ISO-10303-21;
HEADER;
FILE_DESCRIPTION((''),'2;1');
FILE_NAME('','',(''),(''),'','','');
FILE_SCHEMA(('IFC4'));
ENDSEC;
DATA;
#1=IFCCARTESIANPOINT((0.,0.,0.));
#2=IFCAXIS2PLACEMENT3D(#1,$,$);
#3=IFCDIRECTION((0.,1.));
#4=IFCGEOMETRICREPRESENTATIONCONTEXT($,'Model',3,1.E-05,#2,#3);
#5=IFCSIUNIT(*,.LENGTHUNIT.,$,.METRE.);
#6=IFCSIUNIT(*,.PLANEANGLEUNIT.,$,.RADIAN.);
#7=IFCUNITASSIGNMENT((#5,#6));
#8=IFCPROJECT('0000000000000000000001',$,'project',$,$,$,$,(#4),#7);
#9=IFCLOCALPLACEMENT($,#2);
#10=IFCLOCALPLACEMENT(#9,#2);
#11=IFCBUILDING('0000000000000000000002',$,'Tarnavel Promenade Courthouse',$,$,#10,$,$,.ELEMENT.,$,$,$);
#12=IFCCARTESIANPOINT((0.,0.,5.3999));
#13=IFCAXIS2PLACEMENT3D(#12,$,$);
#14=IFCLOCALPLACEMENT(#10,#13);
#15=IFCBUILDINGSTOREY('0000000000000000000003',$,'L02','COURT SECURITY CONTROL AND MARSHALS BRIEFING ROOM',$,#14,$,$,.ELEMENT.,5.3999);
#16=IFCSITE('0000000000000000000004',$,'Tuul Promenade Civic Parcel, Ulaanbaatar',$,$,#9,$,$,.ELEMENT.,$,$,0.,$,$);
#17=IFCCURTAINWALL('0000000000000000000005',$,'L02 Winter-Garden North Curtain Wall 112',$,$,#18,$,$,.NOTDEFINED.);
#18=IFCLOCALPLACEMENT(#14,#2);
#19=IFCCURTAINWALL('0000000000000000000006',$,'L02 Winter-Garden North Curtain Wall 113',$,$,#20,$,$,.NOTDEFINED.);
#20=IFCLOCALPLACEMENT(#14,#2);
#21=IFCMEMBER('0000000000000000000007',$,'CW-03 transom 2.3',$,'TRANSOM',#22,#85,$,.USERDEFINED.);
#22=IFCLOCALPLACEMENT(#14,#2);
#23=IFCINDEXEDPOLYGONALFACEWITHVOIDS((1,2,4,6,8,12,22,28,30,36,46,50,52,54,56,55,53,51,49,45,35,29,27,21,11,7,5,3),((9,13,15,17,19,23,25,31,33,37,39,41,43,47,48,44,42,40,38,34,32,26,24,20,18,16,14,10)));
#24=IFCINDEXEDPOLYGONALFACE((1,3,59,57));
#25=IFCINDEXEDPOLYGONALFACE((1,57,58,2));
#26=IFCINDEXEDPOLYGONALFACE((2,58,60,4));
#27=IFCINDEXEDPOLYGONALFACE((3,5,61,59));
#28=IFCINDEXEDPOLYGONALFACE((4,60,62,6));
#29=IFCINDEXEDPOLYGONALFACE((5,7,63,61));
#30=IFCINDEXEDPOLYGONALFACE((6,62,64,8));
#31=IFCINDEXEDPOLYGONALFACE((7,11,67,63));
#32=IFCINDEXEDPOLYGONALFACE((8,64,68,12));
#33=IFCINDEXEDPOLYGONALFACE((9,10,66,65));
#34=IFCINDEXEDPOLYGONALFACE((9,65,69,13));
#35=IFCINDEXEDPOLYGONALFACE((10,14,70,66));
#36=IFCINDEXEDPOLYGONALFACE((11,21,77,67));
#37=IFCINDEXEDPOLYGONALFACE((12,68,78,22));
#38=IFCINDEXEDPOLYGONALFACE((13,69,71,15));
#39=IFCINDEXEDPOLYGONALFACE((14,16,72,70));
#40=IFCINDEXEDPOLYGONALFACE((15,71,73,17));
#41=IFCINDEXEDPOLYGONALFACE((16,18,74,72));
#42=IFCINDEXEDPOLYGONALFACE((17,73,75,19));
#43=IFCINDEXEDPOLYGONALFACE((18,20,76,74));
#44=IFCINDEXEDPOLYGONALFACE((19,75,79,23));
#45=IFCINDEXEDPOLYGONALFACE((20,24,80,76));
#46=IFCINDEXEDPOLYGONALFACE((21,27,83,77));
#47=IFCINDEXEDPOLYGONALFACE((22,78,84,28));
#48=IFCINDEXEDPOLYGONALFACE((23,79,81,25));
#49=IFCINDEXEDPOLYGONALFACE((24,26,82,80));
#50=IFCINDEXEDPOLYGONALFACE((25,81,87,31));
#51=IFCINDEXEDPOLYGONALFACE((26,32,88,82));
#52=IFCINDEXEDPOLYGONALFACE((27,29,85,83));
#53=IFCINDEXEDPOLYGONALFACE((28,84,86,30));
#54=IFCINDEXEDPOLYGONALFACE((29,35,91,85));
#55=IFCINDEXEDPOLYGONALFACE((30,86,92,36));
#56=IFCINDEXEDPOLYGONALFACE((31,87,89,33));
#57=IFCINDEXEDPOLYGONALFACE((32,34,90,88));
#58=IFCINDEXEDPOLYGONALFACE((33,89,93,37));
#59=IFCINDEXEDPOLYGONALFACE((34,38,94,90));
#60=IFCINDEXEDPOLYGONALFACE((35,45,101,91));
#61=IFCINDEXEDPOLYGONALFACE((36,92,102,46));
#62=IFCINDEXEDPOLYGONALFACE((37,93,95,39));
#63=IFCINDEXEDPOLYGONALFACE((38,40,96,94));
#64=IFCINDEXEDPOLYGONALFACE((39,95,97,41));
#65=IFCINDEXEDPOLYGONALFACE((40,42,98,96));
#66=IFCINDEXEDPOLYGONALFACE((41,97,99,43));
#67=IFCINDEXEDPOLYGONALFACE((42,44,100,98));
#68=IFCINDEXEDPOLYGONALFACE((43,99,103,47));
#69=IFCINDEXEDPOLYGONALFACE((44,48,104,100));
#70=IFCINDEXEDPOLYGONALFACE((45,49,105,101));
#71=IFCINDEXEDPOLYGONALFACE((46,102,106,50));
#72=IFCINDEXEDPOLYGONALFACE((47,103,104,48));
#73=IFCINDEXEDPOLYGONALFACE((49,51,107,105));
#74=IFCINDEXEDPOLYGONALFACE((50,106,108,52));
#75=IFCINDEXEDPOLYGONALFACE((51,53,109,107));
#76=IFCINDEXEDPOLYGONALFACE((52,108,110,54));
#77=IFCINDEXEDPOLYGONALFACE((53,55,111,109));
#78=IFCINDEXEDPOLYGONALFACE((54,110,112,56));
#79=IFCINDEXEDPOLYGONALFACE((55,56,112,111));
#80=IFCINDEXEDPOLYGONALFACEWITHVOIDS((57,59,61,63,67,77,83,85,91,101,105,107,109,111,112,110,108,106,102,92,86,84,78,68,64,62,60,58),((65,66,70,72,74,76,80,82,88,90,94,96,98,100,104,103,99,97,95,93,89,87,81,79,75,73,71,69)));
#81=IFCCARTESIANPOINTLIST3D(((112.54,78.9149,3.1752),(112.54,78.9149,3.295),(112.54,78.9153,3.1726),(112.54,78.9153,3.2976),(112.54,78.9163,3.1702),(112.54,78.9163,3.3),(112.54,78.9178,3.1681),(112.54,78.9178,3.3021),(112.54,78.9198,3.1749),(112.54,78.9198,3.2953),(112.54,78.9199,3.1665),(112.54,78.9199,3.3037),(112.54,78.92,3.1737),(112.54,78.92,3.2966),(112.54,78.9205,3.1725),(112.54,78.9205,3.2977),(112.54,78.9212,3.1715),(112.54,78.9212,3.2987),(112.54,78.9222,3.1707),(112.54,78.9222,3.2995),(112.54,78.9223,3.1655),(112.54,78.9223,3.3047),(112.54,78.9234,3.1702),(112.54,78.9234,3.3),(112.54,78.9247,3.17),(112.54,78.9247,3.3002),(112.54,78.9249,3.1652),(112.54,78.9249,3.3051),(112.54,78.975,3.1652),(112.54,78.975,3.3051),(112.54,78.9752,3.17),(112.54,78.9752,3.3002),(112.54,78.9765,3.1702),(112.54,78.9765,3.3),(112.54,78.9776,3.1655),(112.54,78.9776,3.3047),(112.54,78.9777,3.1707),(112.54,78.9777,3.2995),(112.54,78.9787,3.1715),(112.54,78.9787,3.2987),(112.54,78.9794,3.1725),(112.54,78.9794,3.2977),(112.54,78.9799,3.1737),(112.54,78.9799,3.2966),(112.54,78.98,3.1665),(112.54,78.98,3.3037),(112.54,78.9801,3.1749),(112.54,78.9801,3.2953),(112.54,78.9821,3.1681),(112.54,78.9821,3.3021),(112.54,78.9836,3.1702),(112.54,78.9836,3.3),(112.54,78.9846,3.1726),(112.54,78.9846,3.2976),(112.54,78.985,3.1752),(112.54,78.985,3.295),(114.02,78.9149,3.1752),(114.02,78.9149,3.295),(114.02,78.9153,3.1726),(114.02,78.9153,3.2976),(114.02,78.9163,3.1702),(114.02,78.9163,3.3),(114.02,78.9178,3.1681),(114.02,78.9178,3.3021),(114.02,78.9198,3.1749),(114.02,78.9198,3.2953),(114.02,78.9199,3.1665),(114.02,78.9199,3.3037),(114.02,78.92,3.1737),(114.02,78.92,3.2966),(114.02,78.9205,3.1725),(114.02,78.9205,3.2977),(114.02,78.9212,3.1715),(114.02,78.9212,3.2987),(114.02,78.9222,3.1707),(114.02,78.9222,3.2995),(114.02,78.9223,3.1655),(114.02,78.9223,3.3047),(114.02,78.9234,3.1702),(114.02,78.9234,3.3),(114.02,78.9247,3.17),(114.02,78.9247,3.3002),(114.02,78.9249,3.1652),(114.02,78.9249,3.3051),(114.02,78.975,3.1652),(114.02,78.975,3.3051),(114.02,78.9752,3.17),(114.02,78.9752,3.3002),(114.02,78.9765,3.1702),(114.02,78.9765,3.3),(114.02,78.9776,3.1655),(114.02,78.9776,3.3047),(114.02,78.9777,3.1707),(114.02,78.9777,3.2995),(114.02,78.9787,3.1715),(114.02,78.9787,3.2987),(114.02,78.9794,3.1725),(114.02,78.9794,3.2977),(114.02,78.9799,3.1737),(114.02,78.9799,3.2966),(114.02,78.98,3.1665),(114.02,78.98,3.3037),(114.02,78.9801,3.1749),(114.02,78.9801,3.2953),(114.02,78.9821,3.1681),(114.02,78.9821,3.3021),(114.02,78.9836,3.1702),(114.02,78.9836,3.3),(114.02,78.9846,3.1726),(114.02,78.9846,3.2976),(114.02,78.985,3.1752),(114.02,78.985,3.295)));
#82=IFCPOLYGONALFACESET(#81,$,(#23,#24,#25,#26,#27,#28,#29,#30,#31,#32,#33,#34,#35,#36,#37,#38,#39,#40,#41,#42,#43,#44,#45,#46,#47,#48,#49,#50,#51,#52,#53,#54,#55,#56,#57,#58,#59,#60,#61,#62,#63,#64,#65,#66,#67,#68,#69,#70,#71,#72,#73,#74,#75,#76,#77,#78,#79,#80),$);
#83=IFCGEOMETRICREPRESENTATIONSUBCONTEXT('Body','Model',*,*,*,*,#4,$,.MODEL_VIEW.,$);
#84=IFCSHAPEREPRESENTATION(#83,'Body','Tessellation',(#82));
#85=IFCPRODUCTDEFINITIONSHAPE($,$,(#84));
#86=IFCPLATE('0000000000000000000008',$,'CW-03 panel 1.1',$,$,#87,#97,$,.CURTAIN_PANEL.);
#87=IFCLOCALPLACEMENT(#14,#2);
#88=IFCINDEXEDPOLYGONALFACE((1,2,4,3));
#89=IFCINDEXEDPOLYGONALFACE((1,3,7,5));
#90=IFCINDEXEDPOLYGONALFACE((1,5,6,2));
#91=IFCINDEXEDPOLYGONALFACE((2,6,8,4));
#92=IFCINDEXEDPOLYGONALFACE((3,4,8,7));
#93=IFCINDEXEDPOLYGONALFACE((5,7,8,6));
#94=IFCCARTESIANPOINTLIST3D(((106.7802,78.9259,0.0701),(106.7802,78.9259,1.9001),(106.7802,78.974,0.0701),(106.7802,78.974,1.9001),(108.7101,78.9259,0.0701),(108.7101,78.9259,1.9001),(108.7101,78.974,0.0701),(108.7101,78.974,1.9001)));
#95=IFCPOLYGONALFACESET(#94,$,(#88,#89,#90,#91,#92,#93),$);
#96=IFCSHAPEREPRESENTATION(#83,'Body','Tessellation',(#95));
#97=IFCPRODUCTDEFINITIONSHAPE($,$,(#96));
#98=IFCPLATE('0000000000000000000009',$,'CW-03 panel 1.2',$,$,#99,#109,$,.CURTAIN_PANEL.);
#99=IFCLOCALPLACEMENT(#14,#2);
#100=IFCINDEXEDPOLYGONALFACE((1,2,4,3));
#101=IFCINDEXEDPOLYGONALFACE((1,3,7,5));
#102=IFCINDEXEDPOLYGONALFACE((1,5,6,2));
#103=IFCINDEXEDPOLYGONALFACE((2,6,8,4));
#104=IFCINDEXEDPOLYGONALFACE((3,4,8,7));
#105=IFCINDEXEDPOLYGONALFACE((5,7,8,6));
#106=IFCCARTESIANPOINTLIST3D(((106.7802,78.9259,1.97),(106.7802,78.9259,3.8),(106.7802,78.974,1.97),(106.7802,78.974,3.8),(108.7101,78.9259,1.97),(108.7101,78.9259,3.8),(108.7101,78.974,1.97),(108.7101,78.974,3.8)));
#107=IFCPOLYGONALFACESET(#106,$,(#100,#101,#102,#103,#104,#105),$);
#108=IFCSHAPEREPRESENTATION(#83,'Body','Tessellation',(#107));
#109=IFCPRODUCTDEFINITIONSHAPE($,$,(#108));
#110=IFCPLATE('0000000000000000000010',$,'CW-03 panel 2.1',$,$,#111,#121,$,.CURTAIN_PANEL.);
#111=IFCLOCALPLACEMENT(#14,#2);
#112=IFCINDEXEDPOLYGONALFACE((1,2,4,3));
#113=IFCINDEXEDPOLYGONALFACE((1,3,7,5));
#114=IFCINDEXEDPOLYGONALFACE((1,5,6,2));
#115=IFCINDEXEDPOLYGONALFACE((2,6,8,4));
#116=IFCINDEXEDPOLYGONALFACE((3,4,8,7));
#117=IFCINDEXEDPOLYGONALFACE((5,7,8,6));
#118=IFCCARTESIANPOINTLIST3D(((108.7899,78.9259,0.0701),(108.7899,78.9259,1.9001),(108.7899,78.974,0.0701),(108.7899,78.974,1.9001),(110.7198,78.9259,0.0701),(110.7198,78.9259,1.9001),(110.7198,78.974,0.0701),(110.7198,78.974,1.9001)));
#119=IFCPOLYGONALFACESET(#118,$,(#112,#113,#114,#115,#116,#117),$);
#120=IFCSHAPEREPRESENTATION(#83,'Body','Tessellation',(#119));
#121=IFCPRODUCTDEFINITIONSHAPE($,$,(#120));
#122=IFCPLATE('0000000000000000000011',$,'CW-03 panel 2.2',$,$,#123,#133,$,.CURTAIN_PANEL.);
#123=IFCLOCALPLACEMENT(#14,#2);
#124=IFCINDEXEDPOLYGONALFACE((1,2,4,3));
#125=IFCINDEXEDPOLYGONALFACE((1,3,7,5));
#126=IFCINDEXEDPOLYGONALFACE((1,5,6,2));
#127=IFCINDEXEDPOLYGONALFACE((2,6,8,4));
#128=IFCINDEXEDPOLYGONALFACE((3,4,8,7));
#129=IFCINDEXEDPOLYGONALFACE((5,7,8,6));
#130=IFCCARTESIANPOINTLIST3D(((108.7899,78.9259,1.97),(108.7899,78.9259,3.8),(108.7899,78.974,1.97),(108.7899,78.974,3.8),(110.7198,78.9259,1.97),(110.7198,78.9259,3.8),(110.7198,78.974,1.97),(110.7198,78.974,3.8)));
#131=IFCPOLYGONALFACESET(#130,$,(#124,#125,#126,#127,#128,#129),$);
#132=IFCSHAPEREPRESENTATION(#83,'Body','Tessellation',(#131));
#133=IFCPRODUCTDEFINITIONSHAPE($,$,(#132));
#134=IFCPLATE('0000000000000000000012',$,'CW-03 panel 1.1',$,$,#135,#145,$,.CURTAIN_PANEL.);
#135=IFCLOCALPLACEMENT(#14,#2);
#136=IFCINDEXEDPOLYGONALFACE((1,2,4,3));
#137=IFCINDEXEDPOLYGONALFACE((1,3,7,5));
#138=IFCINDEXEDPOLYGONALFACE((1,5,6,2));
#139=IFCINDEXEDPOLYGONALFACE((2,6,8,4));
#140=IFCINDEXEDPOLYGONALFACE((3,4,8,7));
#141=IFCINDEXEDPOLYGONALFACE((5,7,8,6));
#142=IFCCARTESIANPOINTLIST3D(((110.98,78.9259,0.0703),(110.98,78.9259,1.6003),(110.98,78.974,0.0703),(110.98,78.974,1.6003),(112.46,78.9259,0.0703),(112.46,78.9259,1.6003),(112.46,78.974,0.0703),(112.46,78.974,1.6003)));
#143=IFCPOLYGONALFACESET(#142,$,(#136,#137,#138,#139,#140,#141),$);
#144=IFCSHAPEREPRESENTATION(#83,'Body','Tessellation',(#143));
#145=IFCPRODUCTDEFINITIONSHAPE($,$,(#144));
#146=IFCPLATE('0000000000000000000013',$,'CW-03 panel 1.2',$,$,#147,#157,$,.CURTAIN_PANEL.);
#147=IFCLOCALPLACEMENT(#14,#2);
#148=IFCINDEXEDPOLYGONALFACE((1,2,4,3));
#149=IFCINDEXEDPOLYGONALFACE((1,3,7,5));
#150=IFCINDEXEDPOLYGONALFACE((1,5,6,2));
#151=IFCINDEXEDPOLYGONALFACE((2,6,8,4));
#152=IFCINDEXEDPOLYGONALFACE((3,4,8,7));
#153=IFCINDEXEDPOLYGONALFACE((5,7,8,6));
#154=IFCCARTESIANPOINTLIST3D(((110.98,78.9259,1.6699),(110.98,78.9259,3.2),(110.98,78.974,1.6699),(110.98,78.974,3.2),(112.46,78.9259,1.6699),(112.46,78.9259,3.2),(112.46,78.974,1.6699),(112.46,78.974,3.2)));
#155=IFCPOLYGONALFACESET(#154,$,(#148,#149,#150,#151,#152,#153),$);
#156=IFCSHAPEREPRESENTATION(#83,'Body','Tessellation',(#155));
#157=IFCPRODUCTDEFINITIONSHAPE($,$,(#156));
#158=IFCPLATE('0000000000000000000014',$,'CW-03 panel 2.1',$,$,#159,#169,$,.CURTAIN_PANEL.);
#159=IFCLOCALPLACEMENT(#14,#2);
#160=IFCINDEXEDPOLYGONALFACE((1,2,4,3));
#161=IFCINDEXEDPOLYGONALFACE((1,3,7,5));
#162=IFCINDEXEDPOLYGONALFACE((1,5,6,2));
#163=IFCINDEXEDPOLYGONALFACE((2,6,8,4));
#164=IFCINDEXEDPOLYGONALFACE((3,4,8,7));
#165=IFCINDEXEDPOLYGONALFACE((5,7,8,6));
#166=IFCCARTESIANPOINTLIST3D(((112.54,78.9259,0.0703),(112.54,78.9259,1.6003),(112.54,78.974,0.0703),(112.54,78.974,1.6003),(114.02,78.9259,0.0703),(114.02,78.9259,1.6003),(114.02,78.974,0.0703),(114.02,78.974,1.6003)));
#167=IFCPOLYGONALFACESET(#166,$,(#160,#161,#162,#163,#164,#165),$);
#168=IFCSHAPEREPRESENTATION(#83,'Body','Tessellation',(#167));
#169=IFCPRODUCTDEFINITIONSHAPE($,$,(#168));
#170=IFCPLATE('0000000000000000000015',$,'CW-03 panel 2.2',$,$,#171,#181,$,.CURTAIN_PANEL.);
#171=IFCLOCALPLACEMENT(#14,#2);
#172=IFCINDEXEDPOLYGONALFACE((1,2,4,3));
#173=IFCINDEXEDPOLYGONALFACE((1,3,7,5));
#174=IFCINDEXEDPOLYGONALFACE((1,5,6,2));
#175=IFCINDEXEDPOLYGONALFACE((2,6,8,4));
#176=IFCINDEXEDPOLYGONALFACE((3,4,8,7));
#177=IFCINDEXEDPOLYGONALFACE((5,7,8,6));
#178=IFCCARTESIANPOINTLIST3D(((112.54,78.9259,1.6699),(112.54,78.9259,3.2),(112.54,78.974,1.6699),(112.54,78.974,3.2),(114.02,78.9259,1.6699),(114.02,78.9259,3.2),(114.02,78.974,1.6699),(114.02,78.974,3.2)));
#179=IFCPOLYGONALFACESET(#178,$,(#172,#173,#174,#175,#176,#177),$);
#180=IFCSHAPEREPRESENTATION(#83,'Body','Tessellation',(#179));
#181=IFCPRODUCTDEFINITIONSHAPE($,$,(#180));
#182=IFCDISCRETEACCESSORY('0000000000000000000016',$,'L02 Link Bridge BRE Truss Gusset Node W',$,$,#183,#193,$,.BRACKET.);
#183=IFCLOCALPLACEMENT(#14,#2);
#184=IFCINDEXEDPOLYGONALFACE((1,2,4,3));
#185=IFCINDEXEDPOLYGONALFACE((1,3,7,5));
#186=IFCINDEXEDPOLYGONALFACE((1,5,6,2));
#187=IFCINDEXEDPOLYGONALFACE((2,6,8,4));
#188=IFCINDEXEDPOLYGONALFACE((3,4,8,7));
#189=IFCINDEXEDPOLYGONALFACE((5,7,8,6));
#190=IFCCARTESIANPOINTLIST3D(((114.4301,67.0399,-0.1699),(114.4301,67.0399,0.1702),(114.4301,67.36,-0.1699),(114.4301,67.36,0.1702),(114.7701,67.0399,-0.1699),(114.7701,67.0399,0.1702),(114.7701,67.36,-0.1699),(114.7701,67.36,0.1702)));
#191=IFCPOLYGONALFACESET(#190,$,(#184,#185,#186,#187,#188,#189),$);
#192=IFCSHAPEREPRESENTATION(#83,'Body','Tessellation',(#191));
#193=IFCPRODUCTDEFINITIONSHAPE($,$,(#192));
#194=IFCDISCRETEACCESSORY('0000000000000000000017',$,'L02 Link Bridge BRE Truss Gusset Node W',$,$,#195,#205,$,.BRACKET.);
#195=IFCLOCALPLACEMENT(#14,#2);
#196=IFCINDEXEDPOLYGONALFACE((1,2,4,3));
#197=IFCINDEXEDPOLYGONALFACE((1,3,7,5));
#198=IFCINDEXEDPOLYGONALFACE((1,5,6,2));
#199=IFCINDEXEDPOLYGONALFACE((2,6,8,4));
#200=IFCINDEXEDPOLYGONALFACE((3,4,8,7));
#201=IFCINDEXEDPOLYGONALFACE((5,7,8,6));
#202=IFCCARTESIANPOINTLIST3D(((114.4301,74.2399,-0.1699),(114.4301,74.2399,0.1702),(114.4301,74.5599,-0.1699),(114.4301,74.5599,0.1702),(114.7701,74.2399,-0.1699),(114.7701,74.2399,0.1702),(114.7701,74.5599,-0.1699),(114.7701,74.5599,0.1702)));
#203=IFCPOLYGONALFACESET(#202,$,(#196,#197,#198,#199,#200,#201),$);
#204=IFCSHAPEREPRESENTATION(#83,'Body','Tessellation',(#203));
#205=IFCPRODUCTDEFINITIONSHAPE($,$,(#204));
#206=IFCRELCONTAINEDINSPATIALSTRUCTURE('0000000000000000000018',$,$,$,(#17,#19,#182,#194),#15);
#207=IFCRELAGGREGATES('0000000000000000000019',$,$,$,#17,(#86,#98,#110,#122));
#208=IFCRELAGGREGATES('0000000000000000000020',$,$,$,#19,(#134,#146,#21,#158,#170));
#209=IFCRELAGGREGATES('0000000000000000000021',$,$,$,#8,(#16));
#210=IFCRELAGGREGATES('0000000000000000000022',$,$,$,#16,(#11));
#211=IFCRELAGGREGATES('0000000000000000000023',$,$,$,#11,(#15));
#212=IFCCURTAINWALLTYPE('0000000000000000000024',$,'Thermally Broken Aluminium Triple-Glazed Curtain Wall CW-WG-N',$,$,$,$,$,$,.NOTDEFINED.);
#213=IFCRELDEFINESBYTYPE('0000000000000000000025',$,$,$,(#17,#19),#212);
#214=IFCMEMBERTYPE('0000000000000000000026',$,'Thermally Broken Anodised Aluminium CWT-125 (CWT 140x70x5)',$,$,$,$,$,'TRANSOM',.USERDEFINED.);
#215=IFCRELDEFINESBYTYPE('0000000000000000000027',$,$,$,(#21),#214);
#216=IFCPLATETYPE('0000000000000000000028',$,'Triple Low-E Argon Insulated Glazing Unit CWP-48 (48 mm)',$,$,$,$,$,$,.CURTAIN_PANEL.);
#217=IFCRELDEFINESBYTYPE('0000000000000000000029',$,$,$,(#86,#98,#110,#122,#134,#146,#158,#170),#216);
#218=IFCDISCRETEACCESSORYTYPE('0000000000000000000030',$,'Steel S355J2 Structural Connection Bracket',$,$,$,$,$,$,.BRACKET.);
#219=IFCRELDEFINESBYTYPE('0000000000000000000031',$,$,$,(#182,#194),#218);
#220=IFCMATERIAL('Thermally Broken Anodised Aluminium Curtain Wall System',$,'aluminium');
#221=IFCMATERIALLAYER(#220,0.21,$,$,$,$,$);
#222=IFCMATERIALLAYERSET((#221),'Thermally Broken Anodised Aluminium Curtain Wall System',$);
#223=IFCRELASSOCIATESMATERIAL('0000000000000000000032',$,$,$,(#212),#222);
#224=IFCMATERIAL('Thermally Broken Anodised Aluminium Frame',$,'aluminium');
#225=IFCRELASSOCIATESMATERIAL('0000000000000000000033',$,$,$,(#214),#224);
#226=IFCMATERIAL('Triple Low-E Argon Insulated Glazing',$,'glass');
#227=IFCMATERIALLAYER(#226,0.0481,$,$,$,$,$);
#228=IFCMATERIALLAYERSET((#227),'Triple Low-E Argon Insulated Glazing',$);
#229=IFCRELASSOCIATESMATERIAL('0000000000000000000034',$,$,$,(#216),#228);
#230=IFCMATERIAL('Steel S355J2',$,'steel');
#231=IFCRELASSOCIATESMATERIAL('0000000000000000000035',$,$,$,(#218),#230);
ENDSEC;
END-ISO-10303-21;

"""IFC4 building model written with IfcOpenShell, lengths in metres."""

from ifc_helpers import new_model, si_unit, direction, frame, origin, origin_2d, place, context, subcontext, project, spatial, rectangle, hollow_rectangle, extrude, material, layer, layer_set, material_profile, profile_set, type_object, element, aggregate, save


model = new_model("IFC4")

# Units and contexts
model_context = context("Model", 3, precision=1e-05, world=origin(), true_north=direction((0.0, 1.0)))
body_context = subcontext(model_context, "Body", "Model", "MODEL_VIEW")
ifc_project = project(units=[si_unit("LENGTHUNIT", "METRE"), si_unit("PLANEANGLEUNIT", "RADIAN")], contexts=[model_context])

# Site, building, storey
site_placement = place(None, origin())
site = spatial("IfcSite", under=ifc_project, at=site_placement, Name="Tuul Promenade Civic Parcel, Ulaanbaatar", CompositionType="ELEMENT", RefElevation=0.0)
building_placement = place(site_placement, origin())
building = spatial("IfcBuilding", under=site, at=building_placement, Name="Tarnavel Promenade Courthouse", CompositionType="ELEMENT")
storey_placement = place(building_placement, frame((0.0, 0.0, 5.3999)))
storey = spatial("IfcBuildingStorey", under=building, at=storey_placement, Name="L02", Description="COURT SECURITY CONTROL AND MARSHALS BRIEFING ROOM", CompositionType="ELEMENT", Elevation=5.3999)

# Shared definitions
ifc_material_1 = material(Name="Steel S355J2", Category="steel")

# Curtain walls
ifc_material_2 = material(Name="Thermally Broken Anodised Aluminium Curtain Wall System", Category="aluminium")
ifc_layer_1 = layer(ifc_material_2, 0.21)
ifc_layer_set_1 = layer_set([ifc_layer_1], Name="Thermally Broken Anodised Aluminium Curtain Wall System")
curtain_wall_type_1 = type_object("IfcCurtainWallType", Name="Thermally Broken Aluminium Triple-Glazed Curtain Wall CW-WG-N", PredefinedType="NOTDEFINED", material=ifc_layer_set_1)
curtain_wall_1_placement = place(storey_placement, origin())
curtain_wall_1 = element("IfcCurtainWall", 1, at=curtain_wall_1_placement, inside=storey, type_object=curtain_wall_type_1, Name="L02 Winter-Garden North Curtain Wall 112", PredefinedType="NOTDEFINED")
ifc_material_3 = material(Name="Thermally Broken Anodised Aluminium Frame", Category="aluminium")
curtain_wall_2_placement = place(storey_placement, origin())
curtain_wall_2 = element("IfcCurtainWall", 2, at=curtain_wall_2_placement, inside=storey, type_object=curtain_wall_type_1, Name="L02 Winter-Garden North Curtain Wall 113", PredefinedType="NOTDEFINED")

# Member
ifc_material_profile_1 = material_profile(ifc_material_3, hollow_rectangle(XDim=0.0701, YDim=0.1399, WallThickness=0.0049, InnerFilletRadius=0.0049, OuterFilletRadius=0.01, at=origin_2d()), Name="CWT 140x70x5")
ifc_profile_set_1 = profile_set([ifc_material_profile_1], Name="Thermally Broken Anodised Aluminium Frame")
member_type_1 = type_object("IfcMemberType", Name="Thermally Broken Anodised Aluminium CWT-125 (CWT 140x70x5)", ElementType="TRANSOM", PredefinedType="USERDEFINED", material=ifc_profile_set_1)
member_1_placement = place(storey_placement, frame((112.54, 78.95, 3.2351), z_axis=(1.0, 0.0, 0.0), x_axis=(0.0, 1.0, 0.0)))
member_1 = element("IfcMember", 3, at=member_1_placement, type_object=member_type_1, Name="CW-03 transom 2.3", ObjectType="TRANSOM", PredefinedType="USERDEFINED", context=body_context, shape_type="SweptSolid", body=[
    extrude(hollow_rectangle(XDim=0.0701, YDim=0.1399, WallThickness=0.0049, InnerFilletRadius=0.0049, OuterFilletRadius=0.01, at=origin_2d()), origin(), (0.0, 0.0, 1.0), 1.48),
])

# Plates
ifc_material_4 = material(Name="Triple Low-E Argon Insulated Glazing", Category="glass")
ifc_layer_2 = layer(ifc_material_4, 0.0481)
ifc_layer_set_2 = layer_set([ifc_layer_2], Name="Triple Low-E Argon Insulated Glazing")
plate_type = type_object("IfcPlateType", Name="Triple Low-E Argon Insulated Glazing Unit CWP-48 (48 mm)", PredefinedType="CURTAIN_PANEL", material=ifc_layer_set_2)
plate_1_placement = place(storey_placement, frame((107.7451, 78.95, 0.0701), z_axis=(0.0, 0.0, 1.0), x_axis=(1.0, 0.0, 0.0)))
plate_1 = element("IfcPlate", 4, at=plate_1_placement, type_object=plate_type, Name="CW-03 panel 1.1", PredefinedType="CURTAIN_PANEL", context=body_context, shape_type="SweptSolid", body=[
    extrude(rectangle(XDim=1.9299, YDim=0.0481, at=origin_2d()), origin(), (0.0, 0.0, 1.0), 1.8301),
])
plate_2_placement = place(storey_placement, frame((107.7451, 78.95, 1.97), z_axis=(0.0, 0.0, 1.0), x_axis=(1.0, 0.0, 0.0)))
plate_2 = element("IfcPlate", 5, at=plate_2_placement, type_object=plate_type, Name="CW-03 panel 1.2", PredefinedType="CURTAIN_PANEL", context=body_context, shape_type="SweptSolid", body=[
    extrude(rectangle(XDim=1.9299, YDim=0.0481, at=origin_2d()), origin(), (0.0, 0.0, 1.0), 1.8301),
])
plate_3_placement = place(storey_placement, frame((109.7549, 78.95, 0.0701), z_axis=(0.0, 0.0, 1.0), x_axis=(1.0, 0.0, 0.0)))
plate_3 = element("IfcPlate", 6, at=plate_3_placement, type_object=plate_type, Name="CW-03 panel 2.1", PredefinedType="CURTAIN_PANEL", context=body_context, shape_type="SweptSolid", body=[
    extrude(rectangle(XDim=1.9299, YDim=0.0481, at=origin_2d()), origin(), (0.0, 0.0, 1.0), 1.8301),
])
plate_4_placement = place(storey_placement, frame((109.7549, 78.95, 1.97), z_axis=(0.0, 0.0, 1.0), x_axis=(1.0, 0.0, 0.0)))
plate_4 = element("IfcPlate", 7, at=plate_4_placement, type_object=plate_type, Name="CW-03 panel 2.2", PredefinedType="CURTAIN_PANEL", context=body_context, shape_type="SweptSolid", body=[
    extrude(rectangle(XDim=1.9299, YDim=0.0481, at=origin_2d()), origin(), (0.0, 0.0, 1.0), 1.8301),
])
aggregate(curtain_wall_1, [plate_1, plate_2, plate_3, plate_4])
plate_5_placement = place(storey_placement, frame((111.72, 78.95, 0.0703), z_axis=(0.0, 0.0, 1.0), x_axis=(1.0, 0.0, 0.0)))
plate_5 = element("IfcPlate", 8, at=plate_5_placement, type_object=plate_type, Name="CW-03 panel 1.1", PredefinedType="CURTAIN_PANEL", context=body_context, shape_type="SweptSolid", body=[
    extrude(rectangle(XDim=1.48, YDim=0.0481, at=origin_2d()), origin(), (0.0, 0.0, 1.0), 1.53),
])
plate_6_placement = place(storey_placement, frame((111.72, 78.95, 1.6699), z_axis=(0.0, 0.0, 1.0), x_axis=(1.0, 0.0, 0.0)))
plate_6 = element("IfcPlate", 9, at=plate_6_placement, type_object=plate_type, Name="CW-03 panel 1.2", PredefinedType="CURTAIN_PANEL", context=body_context, shape_type="SweptSolid", body=[
    extrude(rectangle(XDim=1.48, YDim=0.0481, at=origin_2d()), origin(), (0.0, 0.0, 1.0), 1.53),
])
plate_7_placement = place(storey_placement, frame((113.28, 78.95, 0.0703), z_axis=(0.0, 0.0, 1.0), x_axis=(1.0, 0.0, 0.0)))
plate_7 = element("IfcPlate", 10, at=plate_7_placement, type_object=plate_type, Name="CW-03 panel 2.1", PredefinedType="CURTAIN_PANEL", context=body_context, shape_type="SweptSolid", body=[
    extrude(rectangle(XDim=1.48, YDim=0.0481, at=origin_2d()), origin(), (0.0, 0.0, 1.0), 1.53),
])
plate_8_placement = place(storey_placement, frame((113.28, 78.95, 1.6699), z_axis=(0.0, 0.0, 1.0), x_axis=(1.0, 0.0, 0.0)))
plate_8 = element("IfcPlate", 11, at=plate_8_placement, type_object=plate_type, Name="CW-03 panel 2.2", PredefinedType="CURTAIN_PANEL", context=body_context, shape_type="SweptSolid", body=[
    extrude(rectangle(XDim=1.48, YDim=0.0481, at=origin_2d()), origin(), (0.0, 0.0, 1.0), 1.53),
])
aggregate(curtain_wall_2, [plate_5, plate_6, member_1, plate_7, plate_8])

# Discrete accessories
discrete_accessory_type = type_object("IfcDiscreteAccessoryType", Name="Steel S355J2 Structural Connection Bracket", PredefinedType="BRACKET", material=ifc_material_1)
for number, where, z_axis, x_axis, name in (
    (12, (114.6001, 67.2, -0.1699), (0.0, 0.0, 1.0), (1.0, 0.0, 0.0), "L02 Link Bridge BRE Truss Gusset Node W"),
    (13, (114.6001, 74.3999, -0.1699), (0.0, 0.0, 1.0), (1.0, 0.0, 0.0), "L02 Link Bridge BRE Truss Gusset Node W"),
):
    element("IfcDiscreteAccessory", number, at=place(storey_placement, frame(where, z_axis=z_axis, x_axis=x_axis)), inside=storey, type_object=discrete_accessory_type, Name=name, PredefinedType="BRACKET", context=body_context, shape_type="SweptSolid", body=[
        extrude(rectangle(XDim=0.3401, YDim=0.3201, at=origin_2d()), origin(), (0.0, 0.0, 1.0), 0.3401),
    ])

save(model, "model.ifc")
